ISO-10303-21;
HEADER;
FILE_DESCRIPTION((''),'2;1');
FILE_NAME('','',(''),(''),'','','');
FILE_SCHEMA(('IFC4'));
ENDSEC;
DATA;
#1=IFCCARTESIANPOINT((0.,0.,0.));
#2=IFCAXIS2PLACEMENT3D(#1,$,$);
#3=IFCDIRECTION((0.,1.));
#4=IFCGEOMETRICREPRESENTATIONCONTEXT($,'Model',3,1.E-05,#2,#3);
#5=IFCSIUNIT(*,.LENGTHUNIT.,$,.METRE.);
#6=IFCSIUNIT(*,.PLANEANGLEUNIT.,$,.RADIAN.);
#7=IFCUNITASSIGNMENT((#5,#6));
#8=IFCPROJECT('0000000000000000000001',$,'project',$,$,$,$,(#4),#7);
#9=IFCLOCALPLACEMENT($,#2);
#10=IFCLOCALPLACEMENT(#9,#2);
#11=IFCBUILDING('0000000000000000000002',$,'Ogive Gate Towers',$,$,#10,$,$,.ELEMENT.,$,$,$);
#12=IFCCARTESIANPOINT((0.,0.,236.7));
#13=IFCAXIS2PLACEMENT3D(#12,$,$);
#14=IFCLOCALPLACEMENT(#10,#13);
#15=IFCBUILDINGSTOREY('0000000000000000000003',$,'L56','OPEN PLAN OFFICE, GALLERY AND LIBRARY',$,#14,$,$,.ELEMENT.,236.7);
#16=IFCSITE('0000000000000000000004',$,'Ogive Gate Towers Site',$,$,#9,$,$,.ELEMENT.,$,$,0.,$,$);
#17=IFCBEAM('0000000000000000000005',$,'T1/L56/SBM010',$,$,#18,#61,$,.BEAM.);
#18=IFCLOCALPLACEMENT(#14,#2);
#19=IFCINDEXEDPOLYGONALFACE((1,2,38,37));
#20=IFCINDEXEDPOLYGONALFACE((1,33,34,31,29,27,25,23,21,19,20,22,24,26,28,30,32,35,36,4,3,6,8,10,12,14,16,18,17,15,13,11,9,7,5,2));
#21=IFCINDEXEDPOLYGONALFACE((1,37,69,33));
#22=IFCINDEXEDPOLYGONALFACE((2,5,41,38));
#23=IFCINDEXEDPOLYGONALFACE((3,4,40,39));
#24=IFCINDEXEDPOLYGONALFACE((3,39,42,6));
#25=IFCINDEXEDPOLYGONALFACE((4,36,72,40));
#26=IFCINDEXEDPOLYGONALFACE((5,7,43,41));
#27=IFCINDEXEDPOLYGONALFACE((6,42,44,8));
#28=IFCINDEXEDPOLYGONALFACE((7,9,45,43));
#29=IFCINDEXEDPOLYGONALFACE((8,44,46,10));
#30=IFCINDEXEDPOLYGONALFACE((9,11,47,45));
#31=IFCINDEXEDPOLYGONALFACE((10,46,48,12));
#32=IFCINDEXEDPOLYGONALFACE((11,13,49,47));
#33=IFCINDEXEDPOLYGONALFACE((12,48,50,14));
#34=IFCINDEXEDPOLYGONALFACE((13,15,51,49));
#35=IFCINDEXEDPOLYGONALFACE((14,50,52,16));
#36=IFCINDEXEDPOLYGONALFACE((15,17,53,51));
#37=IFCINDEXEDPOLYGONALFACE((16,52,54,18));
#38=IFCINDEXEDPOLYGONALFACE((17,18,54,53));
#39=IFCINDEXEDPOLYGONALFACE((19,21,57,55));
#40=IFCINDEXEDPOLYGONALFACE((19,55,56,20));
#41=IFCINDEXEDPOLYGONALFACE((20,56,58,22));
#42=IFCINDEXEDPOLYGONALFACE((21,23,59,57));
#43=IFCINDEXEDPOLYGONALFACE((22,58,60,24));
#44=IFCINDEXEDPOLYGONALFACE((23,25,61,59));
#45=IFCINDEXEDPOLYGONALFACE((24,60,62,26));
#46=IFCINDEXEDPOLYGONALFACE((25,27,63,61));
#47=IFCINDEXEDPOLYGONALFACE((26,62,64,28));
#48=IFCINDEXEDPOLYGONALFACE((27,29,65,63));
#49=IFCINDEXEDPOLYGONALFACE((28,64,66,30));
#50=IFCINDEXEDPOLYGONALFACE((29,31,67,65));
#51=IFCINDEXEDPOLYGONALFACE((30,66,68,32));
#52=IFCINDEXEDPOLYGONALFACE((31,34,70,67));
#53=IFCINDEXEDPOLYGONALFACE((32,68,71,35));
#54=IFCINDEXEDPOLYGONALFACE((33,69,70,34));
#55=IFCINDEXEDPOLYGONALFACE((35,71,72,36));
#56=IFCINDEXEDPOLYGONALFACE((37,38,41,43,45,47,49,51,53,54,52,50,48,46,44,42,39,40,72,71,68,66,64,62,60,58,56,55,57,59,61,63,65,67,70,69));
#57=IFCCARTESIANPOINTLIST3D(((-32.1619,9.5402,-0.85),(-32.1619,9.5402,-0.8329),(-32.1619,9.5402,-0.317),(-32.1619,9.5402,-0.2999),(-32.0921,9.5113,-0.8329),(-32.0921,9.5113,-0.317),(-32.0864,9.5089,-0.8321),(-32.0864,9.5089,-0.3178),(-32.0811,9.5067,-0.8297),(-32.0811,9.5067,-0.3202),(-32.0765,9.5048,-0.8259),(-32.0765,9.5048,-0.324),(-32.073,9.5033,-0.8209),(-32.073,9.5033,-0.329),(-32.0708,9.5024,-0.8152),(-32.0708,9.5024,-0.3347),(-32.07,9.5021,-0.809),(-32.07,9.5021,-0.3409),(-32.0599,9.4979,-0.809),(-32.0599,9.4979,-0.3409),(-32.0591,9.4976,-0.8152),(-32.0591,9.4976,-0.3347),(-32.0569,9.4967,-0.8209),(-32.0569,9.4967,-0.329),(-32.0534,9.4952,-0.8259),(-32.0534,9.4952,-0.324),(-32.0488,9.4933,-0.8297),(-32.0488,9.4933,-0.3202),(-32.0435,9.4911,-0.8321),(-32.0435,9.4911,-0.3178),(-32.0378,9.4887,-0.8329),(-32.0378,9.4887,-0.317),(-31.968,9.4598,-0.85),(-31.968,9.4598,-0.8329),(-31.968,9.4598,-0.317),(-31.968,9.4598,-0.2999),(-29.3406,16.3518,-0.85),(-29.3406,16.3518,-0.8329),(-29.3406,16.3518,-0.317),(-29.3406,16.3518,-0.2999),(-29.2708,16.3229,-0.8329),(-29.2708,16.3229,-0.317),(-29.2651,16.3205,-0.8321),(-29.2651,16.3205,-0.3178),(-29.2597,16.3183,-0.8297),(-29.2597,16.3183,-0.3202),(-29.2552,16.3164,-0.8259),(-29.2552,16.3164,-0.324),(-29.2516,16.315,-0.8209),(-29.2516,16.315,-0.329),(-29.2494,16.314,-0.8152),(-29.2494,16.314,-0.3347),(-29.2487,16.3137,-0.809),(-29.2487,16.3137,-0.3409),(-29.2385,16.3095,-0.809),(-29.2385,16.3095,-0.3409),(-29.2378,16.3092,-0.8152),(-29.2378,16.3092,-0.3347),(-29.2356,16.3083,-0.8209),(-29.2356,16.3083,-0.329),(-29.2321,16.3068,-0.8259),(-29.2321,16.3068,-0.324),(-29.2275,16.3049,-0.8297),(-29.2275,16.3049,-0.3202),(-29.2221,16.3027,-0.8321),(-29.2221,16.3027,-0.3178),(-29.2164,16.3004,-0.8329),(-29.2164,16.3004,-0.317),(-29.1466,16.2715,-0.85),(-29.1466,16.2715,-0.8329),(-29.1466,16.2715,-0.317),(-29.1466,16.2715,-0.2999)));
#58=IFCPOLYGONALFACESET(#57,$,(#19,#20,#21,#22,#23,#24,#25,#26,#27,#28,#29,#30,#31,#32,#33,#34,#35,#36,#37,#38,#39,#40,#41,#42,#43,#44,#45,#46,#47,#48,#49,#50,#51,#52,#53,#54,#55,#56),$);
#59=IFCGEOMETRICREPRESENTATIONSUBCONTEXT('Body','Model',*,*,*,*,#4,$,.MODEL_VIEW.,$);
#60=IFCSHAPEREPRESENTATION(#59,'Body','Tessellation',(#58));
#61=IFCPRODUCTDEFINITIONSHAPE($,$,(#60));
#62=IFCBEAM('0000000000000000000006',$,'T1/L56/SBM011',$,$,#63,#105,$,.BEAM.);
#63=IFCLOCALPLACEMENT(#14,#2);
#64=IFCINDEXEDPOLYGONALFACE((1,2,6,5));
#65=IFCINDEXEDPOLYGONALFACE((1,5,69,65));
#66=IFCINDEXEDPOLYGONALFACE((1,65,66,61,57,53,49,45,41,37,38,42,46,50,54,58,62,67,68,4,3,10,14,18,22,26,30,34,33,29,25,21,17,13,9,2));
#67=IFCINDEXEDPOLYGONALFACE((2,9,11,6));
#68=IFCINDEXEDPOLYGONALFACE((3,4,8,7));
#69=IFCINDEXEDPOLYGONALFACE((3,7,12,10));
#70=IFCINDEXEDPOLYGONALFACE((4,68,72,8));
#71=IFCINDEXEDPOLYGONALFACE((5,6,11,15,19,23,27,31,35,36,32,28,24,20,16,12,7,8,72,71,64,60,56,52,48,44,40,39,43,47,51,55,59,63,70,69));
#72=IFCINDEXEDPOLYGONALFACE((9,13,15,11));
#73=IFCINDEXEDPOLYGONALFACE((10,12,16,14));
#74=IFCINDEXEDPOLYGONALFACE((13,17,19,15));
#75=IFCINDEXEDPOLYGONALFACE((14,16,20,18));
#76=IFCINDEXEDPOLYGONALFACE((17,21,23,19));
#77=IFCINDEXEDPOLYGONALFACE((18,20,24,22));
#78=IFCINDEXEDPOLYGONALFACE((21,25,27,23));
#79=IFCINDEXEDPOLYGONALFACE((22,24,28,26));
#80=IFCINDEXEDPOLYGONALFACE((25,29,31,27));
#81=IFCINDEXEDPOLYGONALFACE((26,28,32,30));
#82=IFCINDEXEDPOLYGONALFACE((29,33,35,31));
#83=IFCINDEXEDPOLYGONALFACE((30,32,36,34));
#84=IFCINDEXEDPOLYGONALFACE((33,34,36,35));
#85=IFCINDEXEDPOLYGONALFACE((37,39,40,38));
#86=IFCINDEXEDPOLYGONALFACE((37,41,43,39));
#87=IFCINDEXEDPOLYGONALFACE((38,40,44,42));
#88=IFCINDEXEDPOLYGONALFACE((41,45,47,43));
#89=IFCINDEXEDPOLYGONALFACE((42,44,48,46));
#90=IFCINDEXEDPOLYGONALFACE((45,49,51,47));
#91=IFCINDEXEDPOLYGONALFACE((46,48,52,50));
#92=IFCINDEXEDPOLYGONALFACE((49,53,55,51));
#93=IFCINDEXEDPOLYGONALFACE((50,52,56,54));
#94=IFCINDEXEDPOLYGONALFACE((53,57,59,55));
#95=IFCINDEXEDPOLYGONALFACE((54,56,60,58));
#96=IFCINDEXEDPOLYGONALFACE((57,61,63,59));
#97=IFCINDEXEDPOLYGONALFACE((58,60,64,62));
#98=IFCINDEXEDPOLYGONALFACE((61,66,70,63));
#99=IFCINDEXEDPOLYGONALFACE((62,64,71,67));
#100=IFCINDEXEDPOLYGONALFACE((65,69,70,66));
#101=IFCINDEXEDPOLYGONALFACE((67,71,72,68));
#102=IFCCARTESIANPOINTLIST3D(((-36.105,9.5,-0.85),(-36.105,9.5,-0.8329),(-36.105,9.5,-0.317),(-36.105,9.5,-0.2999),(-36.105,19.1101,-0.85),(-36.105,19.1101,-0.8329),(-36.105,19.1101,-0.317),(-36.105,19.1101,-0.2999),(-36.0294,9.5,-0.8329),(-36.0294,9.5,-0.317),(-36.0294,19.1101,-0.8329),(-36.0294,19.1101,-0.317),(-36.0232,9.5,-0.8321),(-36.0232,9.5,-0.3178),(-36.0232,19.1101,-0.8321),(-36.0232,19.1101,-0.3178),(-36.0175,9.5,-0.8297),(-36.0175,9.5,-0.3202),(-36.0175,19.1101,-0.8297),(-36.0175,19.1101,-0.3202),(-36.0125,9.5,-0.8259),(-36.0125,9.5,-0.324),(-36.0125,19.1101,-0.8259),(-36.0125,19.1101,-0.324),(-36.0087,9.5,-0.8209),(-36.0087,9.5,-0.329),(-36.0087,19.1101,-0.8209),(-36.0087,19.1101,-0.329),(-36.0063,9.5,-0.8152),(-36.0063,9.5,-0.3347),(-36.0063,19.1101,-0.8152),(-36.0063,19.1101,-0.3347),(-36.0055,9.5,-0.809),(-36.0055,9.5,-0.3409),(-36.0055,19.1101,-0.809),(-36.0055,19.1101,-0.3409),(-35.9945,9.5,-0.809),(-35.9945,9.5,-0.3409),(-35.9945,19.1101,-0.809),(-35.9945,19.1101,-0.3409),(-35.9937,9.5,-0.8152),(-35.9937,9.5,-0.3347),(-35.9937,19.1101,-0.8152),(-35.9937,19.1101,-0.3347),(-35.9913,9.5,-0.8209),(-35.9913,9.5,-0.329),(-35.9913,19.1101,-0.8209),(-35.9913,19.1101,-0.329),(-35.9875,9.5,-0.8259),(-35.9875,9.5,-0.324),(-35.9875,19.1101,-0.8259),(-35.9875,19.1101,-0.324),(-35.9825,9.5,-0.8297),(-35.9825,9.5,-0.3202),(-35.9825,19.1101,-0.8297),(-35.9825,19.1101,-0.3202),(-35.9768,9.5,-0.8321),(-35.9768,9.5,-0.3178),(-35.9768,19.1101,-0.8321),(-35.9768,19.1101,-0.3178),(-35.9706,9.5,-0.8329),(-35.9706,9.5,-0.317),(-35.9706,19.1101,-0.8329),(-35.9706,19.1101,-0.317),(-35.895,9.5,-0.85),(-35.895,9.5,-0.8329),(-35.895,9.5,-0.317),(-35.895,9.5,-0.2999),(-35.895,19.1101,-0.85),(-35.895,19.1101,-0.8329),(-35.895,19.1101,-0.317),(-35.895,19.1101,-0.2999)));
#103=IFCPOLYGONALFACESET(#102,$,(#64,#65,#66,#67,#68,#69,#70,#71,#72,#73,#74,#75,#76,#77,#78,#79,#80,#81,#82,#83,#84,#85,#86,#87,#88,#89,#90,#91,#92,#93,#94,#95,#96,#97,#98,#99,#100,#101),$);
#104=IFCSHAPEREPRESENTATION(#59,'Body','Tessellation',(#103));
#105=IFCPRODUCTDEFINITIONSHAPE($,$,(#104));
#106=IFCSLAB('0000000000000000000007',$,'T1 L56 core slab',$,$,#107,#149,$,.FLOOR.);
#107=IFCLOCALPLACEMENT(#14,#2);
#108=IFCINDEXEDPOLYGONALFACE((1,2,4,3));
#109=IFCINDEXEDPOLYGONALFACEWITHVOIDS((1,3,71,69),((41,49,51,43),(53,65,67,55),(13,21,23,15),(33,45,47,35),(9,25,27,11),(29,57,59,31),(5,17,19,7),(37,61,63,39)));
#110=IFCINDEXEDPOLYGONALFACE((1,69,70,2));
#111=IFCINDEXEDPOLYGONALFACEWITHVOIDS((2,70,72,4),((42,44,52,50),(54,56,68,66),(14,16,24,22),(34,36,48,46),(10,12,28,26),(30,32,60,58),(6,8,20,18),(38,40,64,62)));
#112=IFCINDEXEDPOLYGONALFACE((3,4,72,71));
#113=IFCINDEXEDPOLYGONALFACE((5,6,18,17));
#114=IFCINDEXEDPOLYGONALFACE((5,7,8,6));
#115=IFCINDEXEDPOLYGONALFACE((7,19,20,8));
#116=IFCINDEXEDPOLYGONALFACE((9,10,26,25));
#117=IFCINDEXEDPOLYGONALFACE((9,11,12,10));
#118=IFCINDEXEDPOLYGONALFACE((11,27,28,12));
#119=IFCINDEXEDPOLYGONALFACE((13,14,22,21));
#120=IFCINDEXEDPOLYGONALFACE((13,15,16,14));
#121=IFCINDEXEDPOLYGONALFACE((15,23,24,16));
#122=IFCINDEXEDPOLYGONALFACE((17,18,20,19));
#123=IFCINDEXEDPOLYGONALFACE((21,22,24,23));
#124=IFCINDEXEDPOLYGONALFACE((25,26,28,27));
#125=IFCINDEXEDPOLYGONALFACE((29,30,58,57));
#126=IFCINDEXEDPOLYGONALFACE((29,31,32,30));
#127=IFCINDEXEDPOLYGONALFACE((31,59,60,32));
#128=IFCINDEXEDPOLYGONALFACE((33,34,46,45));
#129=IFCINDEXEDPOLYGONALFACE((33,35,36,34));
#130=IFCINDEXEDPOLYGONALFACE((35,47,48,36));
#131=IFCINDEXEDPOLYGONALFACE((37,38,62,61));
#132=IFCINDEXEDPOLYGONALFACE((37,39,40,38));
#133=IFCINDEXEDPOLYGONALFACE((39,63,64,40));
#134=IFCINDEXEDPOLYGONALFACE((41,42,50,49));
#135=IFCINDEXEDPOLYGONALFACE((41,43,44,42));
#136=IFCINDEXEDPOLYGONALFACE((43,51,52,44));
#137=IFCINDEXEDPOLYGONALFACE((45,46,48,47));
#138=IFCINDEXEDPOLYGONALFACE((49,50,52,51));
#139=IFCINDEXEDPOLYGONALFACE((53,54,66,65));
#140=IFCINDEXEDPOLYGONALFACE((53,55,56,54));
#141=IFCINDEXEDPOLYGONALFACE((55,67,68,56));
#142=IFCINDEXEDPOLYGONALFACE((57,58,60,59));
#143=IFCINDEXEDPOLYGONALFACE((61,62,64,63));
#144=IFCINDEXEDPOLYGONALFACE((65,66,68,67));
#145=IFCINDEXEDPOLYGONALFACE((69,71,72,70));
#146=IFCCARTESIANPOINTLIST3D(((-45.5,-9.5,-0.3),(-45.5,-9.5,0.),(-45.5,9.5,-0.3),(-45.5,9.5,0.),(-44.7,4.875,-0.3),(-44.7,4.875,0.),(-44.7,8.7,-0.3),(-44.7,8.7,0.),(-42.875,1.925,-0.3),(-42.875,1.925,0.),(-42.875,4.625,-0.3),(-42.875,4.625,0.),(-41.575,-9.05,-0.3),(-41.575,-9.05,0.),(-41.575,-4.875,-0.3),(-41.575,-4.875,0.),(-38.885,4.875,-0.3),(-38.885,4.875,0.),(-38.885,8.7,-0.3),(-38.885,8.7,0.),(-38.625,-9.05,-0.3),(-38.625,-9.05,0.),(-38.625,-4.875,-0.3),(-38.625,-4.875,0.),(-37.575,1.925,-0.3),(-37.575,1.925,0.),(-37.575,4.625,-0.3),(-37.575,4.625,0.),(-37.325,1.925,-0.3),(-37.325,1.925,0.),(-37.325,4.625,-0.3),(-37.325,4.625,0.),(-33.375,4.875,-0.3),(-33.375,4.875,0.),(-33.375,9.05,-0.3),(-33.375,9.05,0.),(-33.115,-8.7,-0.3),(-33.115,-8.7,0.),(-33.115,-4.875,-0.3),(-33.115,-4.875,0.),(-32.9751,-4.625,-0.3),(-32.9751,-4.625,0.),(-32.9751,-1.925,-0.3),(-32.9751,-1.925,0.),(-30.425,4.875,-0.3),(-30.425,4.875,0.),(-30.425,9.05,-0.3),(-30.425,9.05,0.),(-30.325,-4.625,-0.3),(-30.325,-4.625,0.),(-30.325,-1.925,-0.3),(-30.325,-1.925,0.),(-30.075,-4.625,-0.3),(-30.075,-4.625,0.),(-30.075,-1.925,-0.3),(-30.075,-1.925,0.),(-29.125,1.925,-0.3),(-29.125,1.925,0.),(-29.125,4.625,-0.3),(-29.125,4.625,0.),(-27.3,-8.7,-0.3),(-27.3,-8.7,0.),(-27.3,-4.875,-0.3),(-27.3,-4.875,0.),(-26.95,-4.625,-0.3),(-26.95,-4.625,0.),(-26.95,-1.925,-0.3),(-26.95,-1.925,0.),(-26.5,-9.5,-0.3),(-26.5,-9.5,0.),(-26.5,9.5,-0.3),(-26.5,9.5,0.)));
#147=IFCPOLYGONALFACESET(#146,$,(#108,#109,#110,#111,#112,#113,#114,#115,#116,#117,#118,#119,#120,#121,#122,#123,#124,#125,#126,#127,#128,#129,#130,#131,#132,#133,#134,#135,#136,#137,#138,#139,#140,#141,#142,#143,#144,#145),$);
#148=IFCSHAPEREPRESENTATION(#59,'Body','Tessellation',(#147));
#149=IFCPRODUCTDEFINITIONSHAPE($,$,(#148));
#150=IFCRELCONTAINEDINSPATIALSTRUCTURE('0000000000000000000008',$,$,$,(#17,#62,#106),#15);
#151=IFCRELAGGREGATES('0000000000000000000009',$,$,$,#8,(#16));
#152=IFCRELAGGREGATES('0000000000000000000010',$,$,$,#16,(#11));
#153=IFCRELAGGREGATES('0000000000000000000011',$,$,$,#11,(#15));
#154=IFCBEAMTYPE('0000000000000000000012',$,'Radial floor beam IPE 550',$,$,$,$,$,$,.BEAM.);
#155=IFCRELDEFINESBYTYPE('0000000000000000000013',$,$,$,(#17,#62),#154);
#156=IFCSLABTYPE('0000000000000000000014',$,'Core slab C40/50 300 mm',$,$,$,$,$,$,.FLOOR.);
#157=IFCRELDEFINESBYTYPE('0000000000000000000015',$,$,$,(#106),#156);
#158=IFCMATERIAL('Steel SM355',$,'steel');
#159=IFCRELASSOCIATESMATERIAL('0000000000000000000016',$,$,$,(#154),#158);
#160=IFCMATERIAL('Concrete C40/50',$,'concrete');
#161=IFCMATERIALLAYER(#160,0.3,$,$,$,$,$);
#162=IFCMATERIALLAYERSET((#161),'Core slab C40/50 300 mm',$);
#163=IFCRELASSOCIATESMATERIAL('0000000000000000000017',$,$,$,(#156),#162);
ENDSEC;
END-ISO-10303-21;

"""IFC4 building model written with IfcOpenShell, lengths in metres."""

from ifc_helpers import new_model, si_unit, direction, frame, origin, origin_2d, place, context, subcontext, project, spatial, polyline, i_section, outline, extrude, material, layer, layer_set, material_profile, profile_set, type_object, element, save


model = new_model("IFC4")

# Units and contexts
model_context = context("Model", 3, precision=1e-05, world=origin(), true_north=direction((0.0, 1.0)))
body_context = subcontext(model_context, "Body", "Model", "MODEL_VIEW")
ifc_project = project(units=[si_unit("LENGTHUNIT", "METRE"), si_unit("PLANEANGLEUNIT", "RADIAN")], contexts=[model_context])

# Site, building, storey
site_placement = place(None, origin())
site = spatial("IfcSite", under=ifc_project, at=site_placement, Name="Ogive Gate Towers Site", CompositionType="ELEMENT", RefElevation=0.0)
building_placement = place(site_placement, origin())
building = spatial("IfcBuilding", under=site, at=building_placement, Name="Ogive Gate Towers", CompositionType="ELEMENT")
storey_placement = place(building_placement, frame((0.0, 0.0, 236.7)))
storey = spatial("IfcBuildingStorey", under=building, at=storey_placement, Name="L56", Description="OPEN PLAN OFFICE, GALLERY AND LIBRARY", CompositionType="ELEMENT", Elevation=236.7)

# Beams
ifc_material_1 = material(Name="Steel SM355", Category="steel")
ifc_material_profile_1 = material_profile(ifc_material_1, i_section(OverallWidth=0.21, OverallDepth=0.55, WebThickness=0.011, FlangeThickness=0.0171, FilletRadius=0.0239, at=origin_2d()), Name="IPE 550")
ifc_profile_set_1 = profile_set([ifc_material_profile_1], Name="Steel SM355")
beam_type_1 = type_object("IfcBeamType", Name="Radial floor beam IPE 550", PredefinedType="BEAM", material=ifc_profile_set_1)
beam_1_placement = place(storey_placement, frame((-32.0649, 9.5, -0.575), z_axis=(0.382668, 0.923886, 0.0), x_axis=(-0.923886, 0.382668, 0.0)))
element("IfcBeam", 1, at=beam_1_placement, inside=storey, type_object=beam_type_1, Name="T1/L56/SBM010", PredefinedType="BEAM", context=body_context, shape_type="SweptSolid", body=[
    extrude(i_section(OverallWidth=0.21, OverallDepth=0.55, WebThickness=0.011, FlangeThickness=0.0171, FilletRadius=0.0239, at=origin_2d()), origin(), (0.0, 0.0, 1.0), 7.3728),
])
beam_2_placement = place(storey_placement, frame((-36.0, 9.5, -0.575), z_axis=(0.0, 1.0, 0.0), x_axis=(-1.0, 0.0, 0.0)))
element("IfcBeam", 2, at=beam_2_placement, inside=storey, type_object=beam_type_1, Name="T1/L56/SBM011", PredefinedType="BEAM", context=body_context, shape_type="SweptSolid", body=[
    extrude(i_section(OverallWidth=0.21, OverallDepth=0.55, WebThickness=0.011, FlangeThickness=0.0171, FilletRadius=0.0239, at=origin_2d()), origin(), (0.0, 0.0, 1.0), 9.6101),
])

# Slab
ifc_material_2 = material(Name="Concrete C40/50", Category="concrete")
ifc_layer_1 = layer(ifc_material_2, 0.3)
ifc_layer_set_1 = layer_set([ifc_layer_1], Name="Core slab C40/50 300 mm")
slab_type_1 = type_object("IfcSlabType", Name="Core slab C40/50 300 mm", PredefinedType="FLOOR", material=ifc_layer_set_1)
slab_1_placement = place(storey_placement, frame((0.0, 0.0, -0.3)))
element("IfcSlab", 3, at=slab_1_placement, inside=storey, type_object=slab_type_1, Name="T1 L56 core slab", PredefinedType="FLOOR", context=body_context, shape_type="SweptSolid", body=[
    extrude(outline(polyline([(-45.5, -9.5), (-45.5, 9.5), (-26.5, 9.5), (-26.5, -9.5), (-45.5, -9.5)]), holes=[polyline([(-42.875, 1.925), (-37.575, 1.925), (-37.575, 4.625), (-42.875, 4.625), (-42.875, 1.925)]), polyline([(-37.325, 4.625), (-37.325, 1.925), (-29.125, 1.925), (-29.125, 4.625), (-37.325, 4.625)]), polyline([(-30.325, -1.925), (-32.9751, -1.925), (-32.9751, -4.625), (-30.325, -4.625), (-30.325, -1.925)]), polyline([(-26.95, -4.625), (-26.95, -1.925), (-30.075, -1.925), (-30.075, -4.625), (-26.95, -4.625)]), polyline([(-33.375, 4.875), (-30.425, 4.875), (-30.425, 9.05), (-33.375, 9.05), (-33.375, 4.875)]), polyline([(-41.575, -4.875), (-41.575, -9.05), (-38.625, -9.05), (-38.625, -4.875), (-41.575, -4.875)]), polyline([(-44.7, 4.875), (-38.885, 4.875), (-38.885, 8.7), (-44.7, 8.7), (-44.7, 4.875)]), polyline([(-27.3, -8.7), (-27.3, -4.875), (-33.115, -4.875), (-33.115, -8.7), (-27.3, -8.7)])]), origin(), (0.0, 0.0, 1.0), 0.3),
])

save(model, "model.ifc")
